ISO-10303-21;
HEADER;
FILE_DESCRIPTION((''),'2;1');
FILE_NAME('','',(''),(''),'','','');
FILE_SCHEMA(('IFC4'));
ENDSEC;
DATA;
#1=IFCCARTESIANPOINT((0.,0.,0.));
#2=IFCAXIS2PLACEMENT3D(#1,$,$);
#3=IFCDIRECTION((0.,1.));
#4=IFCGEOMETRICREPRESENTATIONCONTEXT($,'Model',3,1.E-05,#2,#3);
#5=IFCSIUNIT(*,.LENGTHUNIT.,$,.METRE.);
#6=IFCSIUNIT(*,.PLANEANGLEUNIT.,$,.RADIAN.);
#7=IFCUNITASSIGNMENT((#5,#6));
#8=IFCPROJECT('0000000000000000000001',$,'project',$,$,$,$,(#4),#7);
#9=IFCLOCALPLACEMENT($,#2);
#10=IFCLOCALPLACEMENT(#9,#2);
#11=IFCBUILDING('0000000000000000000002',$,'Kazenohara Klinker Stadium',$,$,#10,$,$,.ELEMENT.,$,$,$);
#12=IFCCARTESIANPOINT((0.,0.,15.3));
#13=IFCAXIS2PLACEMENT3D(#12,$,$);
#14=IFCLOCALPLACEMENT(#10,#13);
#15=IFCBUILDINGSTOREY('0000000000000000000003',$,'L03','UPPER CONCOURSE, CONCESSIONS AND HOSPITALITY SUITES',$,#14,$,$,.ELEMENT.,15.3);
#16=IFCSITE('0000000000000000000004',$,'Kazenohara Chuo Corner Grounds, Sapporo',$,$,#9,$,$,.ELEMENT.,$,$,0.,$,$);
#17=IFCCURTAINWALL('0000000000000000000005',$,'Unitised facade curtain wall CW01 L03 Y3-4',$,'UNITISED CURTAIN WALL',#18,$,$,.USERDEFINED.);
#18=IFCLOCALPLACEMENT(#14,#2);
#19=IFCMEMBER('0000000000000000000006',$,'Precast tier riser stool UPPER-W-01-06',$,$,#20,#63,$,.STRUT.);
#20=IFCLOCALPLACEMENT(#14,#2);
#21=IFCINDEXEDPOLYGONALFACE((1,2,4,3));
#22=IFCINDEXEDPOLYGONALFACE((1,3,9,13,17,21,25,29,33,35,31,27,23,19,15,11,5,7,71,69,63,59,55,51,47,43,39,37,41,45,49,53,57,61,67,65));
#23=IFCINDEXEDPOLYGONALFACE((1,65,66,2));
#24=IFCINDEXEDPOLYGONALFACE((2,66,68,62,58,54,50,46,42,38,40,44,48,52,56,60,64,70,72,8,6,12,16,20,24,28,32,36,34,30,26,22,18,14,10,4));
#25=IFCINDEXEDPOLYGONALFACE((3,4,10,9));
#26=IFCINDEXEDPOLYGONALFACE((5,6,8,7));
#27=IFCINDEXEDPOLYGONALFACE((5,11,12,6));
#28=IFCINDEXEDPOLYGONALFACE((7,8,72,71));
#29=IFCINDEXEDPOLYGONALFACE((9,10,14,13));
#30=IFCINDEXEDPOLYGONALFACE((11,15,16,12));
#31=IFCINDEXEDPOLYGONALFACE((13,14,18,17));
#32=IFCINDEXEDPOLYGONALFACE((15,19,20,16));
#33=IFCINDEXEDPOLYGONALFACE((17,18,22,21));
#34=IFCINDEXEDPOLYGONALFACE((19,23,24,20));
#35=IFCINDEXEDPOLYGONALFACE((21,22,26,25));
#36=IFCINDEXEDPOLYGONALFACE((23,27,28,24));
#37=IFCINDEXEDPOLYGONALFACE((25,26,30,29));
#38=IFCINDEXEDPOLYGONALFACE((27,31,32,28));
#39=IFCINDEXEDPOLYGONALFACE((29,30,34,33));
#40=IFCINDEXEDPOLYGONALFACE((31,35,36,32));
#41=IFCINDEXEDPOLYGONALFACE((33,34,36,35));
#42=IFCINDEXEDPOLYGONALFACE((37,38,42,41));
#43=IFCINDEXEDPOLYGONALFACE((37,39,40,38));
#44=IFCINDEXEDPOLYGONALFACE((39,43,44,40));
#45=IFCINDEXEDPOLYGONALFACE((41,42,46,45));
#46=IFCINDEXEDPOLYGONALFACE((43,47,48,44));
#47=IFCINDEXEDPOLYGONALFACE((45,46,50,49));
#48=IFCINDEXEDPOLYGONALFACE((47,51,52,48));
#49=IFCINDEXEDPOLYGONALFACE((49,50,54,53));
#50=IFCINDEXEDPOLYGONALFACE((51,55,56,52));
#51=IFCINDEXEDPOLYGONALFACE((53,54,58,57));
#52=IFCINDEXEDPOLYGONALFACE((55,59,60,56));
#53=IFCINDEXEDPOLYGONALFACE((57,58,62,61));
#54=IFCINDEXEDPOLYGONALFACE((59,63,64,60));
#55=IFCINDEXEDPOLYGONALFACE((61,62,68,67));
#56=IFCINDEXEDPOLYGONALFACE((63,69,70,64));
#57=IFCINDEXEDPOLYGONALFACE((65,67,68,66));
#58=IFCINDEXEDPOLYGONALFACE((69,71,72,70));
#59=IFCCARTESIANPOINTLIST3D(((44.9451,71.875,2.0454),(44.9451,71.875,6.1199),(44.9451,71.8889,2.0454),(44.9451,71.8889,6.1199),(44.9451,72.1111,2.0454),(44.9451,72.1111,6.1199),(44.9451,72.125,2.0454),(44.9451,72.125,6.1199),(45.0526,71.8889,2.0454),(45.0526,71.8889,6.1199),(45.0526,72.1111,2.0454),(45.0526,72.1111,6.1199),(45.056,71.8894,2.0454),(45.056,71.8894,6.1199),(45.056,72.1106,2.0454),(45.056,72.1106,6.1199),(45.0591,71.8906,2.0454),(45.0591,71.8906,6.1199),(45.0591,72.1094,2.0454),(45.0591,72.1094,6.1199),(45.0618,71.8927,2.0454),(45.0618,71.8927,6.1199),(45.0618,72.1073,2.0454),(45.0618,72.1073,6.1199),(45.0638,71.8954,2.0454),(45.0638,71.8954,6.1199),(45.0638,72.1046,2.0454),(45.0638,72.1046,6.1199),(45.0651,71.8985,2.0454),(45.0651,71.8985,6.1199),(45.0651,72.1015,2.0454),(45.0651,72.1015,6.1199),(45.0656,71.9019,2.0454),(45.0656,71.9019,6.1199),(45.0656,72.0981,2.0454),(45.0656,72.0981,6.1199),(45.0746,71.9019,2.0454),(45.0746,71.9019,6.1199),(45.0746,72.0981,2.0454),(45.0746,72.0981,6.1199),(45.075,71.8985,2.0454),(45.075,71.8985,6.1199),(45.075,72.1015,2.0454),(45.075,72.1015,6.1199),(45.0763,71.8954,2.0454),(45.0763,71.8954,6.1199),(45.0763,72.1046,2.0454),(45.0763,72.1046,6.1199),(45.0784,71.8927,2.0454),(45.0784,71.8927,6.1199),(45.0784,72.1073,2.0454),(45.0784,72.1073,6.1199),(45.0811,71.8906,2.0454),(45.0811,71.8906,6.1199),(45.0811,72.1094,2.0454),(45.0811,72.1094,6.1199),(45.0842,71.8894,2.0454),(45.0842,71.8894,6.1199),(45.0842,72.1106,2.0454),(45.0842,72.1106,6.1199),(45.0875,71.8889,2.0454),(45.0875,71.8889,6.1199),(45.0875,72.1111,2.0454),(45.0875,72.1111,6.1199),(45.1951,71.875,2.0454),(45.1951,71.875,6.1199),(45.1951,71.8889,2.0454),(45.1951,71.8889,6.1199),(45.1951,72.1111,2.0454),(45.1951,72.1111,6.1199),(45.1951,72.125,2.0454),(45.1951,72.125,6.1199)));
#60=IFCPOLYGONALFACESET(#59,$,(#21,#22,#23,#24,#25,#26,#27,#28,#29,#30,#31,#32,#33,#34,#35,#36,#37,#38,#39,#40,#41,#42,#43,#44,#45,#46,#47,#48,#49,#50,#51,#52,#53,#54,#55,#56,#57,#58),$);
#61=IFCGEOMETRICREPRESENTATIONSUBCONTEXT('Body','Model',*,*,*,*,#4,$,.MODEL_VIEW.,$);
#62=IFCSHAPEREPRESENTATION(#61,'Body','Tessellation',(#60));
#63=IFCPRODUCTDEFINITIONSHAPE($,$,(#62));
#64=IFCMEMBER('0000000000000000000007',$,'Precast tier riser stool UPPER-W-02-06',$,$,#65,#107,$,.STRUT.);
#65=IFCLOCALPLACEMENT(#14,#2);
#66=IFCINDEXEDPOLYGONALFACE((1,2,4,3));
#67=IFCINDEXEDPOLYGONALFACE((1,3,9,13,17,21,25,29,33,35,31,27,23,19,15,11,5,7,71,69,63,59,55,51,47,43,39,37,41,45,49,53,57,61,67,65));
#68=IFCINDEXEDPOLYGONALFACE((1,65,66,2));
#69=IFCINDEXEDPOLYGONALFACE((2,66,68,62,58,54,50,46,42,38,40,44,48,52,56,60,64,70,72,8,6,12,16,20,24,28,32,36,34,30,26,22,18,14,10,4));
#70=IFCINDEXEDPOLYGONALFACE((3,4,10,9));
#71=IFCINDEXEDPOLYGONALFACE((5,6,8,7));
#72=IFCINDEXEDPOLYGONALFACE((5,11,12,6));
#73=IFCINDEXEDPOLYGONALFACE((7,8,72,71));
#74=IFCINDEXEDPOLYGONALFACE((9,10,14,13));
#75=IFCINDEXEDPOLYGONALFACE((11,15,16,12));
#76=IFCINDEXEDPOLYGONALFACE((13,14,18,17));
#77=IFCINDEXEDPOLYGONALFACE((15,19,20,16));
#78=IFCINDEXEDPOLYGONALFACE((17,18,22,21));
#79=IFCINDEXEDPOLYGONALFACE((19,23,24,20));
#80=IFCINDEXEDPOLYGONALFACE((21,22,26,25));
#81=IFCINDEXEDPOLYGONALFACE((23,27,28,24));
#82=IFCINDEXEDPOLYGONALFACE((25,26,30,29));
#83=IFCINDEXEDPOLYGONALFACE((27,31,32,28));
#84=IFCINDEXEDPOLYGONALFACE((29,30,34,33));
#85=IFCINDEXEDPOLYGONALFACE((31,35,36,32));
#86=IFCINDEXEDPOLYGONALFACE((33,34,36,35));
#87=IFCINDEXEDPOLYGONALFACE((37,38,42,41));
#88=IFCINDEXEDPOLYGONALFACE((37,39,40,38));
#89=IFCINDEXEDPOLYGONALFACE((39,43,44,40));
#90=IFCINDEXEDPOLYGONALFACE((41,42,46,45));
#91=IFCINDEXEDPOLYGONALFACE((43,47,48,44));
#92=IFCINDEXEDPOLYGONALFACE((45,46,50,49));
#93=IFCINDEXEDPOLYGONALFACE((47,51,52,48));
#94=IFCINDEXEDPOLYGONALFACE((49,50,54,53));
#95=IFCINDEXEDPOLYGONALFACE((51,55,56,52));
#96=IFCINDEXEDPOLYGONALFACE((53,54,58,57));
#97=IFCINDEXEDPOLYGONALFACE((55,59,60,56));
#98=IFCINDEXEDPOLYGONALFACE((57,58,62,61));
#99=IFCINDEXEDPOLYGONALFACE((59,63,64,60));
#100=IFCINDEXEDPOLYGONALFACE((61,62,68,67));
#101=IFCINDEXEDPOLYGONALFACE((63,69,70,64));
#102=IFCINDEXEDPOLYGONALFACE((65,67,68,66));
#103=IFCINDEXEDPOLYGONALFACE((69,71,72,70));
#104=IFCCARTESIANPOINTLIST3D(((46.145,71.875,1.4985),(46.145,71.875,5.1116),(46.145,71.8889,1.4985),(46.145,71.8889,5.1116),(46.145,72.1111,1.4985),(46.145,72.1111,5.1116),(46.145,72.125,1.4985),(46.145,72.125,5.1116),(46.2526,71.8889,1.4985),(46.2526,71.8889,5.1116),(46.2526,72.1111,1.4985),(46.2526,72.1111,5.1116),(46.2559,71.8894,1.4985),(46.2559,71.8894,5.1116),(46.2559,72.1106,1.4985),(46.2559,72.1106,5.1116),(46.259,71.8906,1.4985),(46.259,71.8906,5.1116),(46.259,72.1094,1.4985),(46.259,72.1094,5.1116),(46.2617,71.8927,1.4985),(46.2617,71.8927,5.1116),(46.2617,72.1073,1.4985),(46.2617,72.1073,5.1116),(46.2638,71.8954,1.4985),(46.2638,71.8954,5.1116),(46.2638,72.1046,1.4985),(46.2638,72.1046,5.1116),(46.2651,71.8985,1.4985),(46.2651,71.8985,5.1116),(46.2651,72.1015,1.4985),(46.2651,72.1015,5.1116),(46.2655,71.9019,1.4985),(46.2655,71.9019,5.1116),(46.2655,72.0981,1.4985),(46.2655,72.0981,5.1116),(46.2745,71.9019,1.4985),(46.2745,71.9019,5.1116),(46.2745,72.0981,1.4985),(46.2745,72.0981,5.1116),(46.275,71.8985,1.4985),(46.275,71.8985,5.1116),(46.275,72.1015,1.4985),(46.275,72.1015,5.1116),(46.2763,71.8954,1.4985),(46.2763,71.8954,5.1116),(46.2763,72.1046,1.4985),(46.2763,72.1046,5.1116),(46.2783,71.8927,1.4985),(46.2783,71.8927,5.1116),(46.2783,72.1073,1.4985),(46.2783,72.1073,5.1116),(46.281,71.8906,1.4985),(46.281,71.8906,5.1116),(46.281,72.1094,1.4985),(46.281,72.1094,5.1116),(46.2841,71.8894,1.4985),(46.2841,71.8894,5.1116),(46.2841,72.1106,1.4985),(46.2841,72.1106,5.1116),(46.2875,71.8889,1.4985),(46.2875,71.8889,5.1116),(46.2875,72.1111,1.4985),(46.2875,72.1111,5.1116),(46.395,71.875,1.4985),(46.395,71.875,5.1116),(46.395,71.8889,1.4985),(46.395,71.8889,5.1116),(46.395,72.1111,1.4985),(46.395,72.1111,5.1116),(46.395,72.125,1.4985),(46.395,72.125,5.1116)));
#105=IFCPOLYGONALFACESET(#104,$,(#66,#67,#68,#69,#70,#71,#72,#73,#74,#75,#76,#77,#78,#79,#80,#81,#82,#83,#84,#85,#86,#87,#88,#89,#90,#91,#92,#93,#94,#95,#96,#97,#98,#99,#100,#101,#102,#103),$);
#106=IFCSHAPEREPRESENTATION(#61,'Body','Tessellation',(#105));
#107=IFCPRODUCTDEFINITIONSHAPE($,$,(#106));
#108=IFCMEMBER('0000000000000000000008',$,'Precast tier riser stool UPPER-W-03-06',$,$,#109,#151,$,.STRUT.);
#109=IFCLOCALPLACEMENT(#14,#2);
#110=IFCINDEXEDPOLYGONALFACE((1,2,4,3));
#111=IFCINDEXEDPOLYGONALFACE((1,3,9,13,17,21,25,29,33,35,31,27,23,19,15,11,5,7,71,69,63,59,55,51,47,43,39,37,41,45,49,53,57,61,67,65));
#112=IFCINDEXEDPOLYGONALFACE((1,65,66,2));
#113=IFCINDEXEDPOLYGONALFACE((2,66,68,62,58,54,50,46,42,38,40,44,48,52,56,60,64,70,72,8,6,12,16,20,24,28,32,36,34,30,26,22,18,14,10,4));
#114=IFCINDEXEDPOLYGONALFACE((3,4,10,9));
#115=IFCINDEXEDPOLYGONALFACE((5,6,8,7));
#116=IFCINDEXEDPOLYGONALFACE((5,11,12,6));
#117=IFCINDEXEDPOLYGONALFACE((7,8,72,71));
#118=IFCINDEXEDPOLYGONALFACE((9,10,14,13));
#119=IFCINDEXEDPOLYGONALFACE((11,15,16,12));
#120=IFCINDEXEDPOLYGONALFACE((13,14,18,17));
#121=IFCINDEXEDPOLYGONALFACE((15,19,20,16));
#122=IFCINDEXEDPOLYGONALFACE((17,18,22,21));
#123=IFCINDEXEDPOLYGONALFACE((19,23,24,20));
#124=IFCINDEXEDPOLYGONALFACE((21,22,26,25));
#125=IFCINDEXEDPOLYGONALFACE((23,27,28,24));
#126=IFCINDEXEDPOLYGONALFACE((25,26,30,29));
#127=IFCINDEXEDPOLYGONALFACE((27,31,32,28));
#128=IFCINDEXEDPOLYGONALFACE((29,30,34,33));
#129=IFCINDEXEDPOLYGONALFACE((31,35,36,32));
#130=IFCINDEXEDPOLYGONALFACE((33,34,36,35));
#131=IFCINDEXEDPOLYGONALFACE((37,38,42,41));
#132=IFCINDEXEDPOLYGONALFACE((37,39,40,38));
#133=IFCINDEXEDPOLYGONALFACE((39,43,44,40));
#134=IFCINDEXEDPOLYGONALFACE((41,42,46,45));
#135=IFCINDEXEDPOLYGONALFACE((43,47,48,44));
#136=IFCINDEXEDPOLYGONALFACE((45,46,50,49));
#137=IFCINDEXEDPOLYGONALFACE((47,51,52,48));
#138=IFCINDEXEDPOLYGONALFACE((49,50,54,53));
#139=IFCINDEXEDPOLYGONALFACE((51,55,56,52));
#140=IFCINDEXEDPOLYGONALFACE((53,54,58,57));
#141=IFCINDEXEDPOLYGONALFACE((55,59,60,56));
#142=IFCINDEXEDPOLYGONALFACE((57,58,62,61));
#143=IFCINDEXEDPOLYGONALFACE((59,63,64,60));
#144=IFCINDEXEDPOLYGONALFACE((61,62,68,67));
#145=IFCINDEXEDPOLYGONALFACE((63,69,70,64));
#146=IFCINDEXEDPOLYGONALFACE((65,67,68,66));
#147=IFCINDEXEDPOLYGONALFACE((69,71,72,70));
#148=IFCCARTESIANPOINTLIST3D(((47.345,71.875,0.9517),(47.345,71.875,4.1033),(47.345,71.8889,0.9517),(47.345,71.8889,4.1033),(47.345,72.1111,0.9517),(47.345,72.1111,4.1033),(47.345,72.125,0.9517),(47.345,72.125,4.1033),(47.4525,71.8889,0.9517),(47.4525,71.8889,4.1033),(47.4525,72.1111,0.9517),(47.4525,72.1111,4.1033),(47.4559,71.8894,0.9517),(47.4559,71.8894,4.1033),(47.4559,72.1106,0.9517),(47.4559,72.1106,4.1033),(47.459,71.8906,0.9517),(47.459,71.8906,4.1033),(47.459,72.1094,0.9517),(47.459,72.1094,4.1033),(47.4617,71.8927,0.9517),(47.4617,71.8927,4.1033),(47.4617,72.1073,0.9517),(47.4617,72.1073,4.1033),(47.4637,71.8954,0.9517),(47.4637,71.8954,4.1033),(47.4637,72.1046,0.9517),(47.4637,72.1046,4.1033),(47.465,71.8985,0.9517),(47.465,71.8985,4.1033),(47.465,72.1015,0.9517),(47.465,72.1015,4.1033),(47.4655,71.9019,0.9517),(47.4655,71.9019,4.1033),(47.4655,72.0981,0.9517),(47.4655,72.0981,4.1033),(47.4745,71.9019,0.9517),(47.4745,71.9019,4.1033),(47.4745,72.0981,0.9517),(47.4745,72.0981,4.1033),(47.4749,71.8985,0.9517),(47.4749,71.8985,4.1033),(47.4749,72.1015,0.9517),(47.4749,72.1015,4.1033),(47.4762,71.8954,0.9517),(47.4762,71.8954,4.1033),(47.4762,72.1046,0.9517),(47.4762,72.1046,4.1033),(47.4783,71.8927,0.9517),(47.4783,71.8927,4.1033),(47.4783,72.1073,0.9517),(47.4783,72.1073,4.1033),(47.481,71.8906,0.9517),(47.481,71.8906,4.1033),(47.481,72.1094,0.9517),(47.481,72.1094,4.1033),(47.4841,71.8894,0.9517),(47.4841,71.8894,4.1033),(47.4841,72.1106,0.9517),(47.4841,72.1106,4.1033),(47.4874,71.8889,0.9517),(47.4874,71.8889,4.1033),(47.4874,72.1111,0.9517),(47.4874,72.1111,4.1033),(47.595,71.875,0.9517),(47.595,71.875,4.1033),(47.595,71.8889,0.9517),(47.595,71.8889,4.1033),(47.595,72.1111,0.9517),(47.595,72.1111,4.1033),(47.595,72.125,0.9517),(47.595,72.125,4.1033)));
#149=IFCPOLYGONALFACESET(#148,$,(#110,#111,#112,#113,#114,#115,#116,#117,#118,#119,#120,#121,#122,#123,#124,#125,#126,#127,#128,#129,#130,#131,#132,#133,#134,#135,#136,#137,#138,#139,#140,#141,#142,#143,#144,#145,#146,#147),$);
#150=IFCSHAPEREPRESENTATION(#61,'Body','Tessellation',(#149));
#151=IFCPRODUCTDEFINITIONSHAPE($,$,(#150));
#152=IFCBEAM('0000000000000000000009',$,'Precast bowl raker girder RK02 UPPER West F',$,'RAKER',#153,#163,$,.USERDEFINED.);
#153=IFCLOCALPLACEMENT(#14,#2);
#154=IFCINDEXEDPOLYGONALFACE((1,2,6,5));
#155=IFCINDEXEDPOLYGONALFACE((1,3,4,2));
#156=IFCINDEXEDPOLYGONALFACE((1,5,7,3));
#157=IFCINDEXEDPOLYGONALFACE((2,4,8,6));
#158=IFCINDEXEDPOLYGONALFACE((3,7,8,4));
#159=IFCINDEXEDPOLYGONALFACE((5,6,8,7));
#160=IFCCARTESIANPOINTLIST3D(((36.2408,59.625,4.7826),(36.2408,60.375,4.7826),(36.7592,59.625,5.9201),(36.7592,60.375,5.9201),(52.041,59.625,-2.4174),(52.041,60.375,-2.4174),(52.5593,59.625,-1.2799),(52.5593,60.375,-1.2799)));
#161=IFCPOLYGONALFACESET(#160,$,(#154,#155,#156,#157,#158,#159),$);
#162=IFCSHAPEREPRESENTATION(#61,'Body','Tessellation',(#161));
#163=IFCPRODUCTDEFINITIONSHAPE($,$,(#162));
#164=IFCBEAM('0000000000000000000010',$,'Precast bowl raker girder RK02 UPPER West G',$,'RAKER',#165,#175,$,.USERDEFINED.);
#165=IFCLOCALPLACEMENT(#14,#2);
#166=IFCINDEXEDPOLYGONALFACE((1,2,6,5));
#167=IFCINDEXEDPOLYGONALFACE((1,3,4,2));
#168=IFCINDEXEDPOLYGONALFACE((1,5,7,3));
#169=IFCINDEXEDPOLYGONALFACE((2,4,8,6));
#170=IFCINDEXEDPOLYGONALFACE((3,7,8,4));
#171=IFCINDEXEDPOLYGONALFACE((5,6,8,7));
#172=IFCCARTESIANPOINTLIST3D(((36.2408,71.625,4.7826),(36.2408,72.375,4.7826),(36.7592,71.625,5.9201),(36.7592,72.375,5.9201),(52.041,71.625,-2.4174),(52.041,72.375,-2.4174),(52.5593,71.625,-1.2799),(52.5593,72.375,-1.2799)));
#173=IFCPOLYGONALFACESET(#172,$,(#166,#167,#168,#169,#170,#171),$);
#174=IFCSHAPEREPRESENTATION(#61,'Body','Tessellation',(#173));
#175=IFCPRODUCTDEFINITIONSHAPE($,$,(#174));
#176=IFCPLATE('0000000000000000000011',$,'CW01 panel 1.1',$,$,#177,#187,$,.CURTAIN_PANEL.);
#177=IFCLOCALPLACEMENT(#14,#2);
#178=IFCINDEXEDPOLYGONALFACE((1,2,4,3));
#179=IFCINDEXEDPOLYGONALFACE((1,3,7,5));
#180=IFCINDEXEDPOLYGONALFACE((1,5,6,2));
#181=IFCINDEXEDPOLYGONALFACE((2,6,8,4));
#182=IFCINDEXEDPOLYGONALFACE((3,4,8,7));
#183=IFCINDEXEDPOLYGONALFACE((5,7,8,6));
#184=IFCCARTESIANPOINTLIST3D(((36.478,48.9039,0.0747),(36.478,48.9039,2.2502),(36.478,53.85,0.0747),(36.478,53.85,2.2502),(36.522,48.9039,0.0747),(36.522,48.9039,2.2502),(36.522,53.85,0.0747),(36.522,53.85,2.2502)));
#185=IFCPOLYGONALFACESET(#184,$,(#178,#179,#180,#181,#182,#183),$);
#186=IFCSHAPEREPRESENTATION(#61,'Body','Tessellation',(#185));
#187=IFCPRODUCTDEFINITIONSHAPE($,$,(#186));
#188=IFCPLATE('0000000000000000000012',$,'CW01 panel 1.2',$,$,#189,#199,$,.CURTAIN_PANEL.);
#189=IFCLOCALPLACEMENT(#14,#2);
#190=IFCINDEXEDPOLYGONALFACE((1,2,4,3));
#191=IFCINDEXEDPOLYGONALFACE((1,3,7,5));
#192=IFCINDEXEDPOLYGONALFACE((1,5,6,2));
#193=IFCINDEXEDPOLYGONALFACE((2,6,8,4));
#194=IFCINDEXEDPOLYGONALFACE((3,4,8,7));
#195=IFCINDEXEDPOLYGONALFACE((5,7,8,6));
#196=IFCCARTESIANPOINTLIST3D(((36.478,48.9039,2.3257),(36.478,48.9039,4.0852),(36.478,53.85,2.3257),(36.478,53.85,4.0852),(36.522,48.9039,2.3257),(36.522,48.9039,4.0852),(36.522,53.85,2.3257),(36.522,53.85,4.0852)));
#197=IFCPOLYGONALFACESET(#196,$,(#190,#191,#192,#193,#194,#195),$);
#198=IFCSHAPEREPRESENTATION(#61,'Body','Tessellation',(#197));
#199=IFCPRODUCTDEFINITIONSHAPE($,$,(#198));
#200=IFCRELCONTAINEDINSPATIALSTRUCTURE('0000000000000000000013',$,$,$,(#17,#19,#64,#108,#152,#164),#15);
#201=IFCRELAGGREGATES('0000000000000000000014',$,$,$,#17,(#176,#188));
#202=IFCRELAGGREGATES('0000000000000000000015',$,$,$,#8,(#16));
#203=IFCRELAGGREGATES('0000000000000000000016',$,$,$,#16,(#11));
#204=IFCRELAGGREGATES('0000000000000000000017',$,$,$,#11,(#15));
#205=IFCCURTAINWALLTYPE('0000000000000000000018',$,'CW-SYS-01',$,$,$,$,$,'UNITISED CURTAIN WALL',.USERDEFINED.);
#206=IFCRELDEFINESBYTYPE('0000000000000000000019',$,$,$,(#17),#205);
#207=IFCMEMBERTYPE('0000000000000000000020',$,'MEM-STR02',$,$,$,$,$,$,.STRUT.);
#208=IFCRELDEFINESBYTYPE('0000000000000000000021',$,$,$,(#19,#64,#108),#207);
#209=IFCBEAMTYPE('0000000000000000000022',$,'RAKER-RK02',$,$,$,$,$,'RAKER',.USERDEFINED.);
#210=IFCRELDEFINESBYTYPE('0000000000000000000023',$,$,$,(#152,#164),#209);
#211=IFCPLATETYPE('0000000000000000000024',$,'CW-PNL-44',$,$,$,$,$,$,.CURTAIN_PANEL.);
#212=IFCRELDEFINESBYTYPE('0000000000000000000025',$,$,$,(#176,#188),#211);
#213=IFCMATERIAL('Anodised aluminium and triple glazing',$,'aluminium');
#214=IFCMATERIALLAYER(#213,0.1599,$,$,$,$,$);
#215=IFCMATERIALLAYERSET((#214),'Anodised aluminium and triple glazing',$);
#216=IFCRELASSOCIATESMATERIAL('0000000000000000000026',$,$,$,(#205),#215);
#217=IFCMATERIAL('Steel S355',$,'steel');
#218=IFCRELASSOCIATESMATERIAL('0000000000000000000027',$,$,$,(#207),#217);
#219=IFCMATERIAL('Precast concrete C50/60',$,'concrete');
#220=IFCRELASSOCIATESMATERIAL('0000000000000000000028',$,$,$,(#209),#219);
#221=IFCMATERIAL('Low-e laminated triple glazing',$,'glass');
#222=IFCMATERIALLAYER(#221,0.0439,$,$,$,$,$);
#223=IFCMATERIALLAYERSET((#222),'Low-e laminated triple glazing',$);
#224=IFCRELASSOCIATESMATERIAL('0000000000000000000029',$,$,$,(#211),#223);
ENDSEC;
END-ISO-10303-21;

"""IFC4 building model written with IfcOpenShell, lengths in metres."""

from ifc_helpers import new_model, si_unit, direction, frame, origin, origin_2d, place, context, subcontext, project, spatial, rectangle, i_section, extrude, material, layer, layer_set, material_profile, profile_set, type_object, element, aggregate, save


model = new_model("IFC4")

# Units and contexts
model_context = context("Model", 3, precision=1e-05, world=origin(), true_north=direction((0.0, 1.0)))
body_context = subcontext(model_context, "Body", "Model", "MODEL_VIEW")
ifc_project = project(units=[si_unit("LENGTHUNIT", "METRE"), si_unit("PLANEANGLEUNIT", "RADIAN")], contexts=[model_context])

# Site, building, storey
site_placement = place(None, origin())
site = spatial("IfcSite", under=ifc_project, at=site_placement, Name="Kazenohara Chuo Corner Grounds, Sapporo", CompositionType="ELEMENT", RefElevation=0.0)
building_placement = place(site_placement, origin())
building = spatial("IfcBuilding", under=site, at=building_placement, Name="Kazenohara Klinker Stadium", CompositionType="ELEMENT")
storey_placement = place(building_placement, frame((0.0, 0.0, 15.3)))
storey = spatial("IfcBuildingStorey", under=building, at=storey_placement, Name="L03", Description="UPPER CONCOURSE, CONCESSIONS AND HOSPITALITY SUITES", CompositionType="ELEMENT", Elevation=15.3)

# Shared definitions
ifc_material_1 = material(Name="Steel S355", Category="steel")

# Curtain wall
ifc_material_2 = material(Name="Anodised aluminium and triple glazing", Category="aluminium")
ifc_layer_1 = layer(ifc_material_2, 0.1599)
ifc_layer_set_1 = layer_set([ifc_layer_1], Name="Anodised aluminium and triple glazing")
curtain_wall_type_1 = type_object("IfcCurtainWallType", Name="CW-SYS-01", ElementType="UNITISED CURTAIN WALL", PredefinedType="USERDEFINED", material=ifc_layer_set_1)
curtain_wall_1_placement = place(storey_placement, origin())
curtain_wall_1 = element("IfcCurtainWall", 1, at=curtain_wall_1_placement, inside=storey, type_object=curtain_wall_type_1, Name="Unitised facade curtain wall CW01 L03 Y3-4", ObjectType="UNITISED CURTAIN WALL", PredefinedType="USERDEFINED")

# Members
ifc_material_profile_1 = material_profile(ifc_material_1, i_section(OverallWidth=0.25, OverallDepth=0.25, WebThickness=0.009, FlangeThickness=0.0139, FilletRadius=0.0129, at=origin_2d()), Name="H-250x250x9x14")
ifc_profile_set_1 = profile_set([ifc_material_profile_1], Name="Steel S355")
member_type_1 = type_object("IfcMemberType", Name="MEM-STR02", PredefinedType="STRUT", material=ifc_profile_set_1)
member_1_placement = place(storey_placement, frame((45.0701, 72.0, 2.0454), z_axis=(0.0, 0.0, 1.0), x_axis=(1.0, 0.0, 0.0)))
element("IfcMember", 2, at=member_1_placement, inside=storey, type_object=member_type_1, Name="Precast tier riser stool UPPER-W-01-06", PredefinedType="STRUT", context=body_context, shape_type="SweptSolid", body=[
    extrude(i_section(OverallWidth=0.25, OverallDepth=0.25, WebThickness=0.009, FlangeThickness=0.0139, FilletRadius=0.0129, at=origin_2d()), origin(), (0.0, 0.0, 1.0), 4.0745),
])
member_2_placement = place(storey_placement, frame((46.27, 72.0, 1.4985), z_axis=(0.0, 0.0, 1.0), x_axis=(1.0, 0.0, 0.0)))
element("IfcMember", 3, at=member_2_placement, inside=storey, type_object=member_type_1, Name="Precast tier riser stool UPPER-W-02-06", PredefinedType="STRUT", context=body_context, shape_type="SweptSolid", body=[
    extrude(i_section(OverallWidth=0.25, OverallDepth=0.25, WebThickness=0.009, FlangeThickness=0.0139, FilletRadius=0.0129, at=origin_2d()), origin(), (0.0, 0.0, 1.0), 3.613),
])
member_3_placement = place(storey_placement, frame((47.47, 72.0, 0.9517), z_axis=(0.0, 0.0, 1.0), x_axis=(1.0, 0.0, 0.0)))
element("IfcMember", 4, at=member_3_placement, inside=storey, type_object=member_type_1, Name="Precast tier riser stool UPPER-W-03-06", PredefinedType="STRUT", context=body_context, shape_type="SweptSolid", body=[
    extrude(i_section(OverallWidth=0.25, OverallDepth=0.25, WebThickness=0.009, FlangeThickness=0.0139, FilletRadius=0.0129, at=origin_2d()), origin(), (0.0, 0.0, 1.0), 3.1516),
])

# Beams
ifc_material_3 = material(Name="Precast concrete C50/60", Category="concrete")
ifc_material_profile_2 = material_profile(ifc_material_3, rectangle(XDim=0.75, YDim=1.25, at=origin_2d()), Name="PC-RAKER-750x1250")
ifc_profile_set_2 = profile_set([ifc_material_profile_2], Name="Precast concrete C50/60")
beam_type_1 = type_object("IfcBeamType", Name="RAKER-RK02", ElementType="RAKER", PredefinedType="USERDEFINED", material=ifc_profile_set_2)
for number, where, z_axis, x_axis, name in (
    (5, (36.5, 60.0, 5.3513), (0.909973, 0.0, -0.414667), (0.0, 1.0, 0.0), "Precast bowl raker girder RK02 UPPER West F"),
    (6, (36.5, 72.0, 5.3513), (0.909973, 0.0, -0.414667), (0.0, 1.0, 0.0), "Precast bowl raker girder RK02 UPPER West G"),
):
    element("IfcBeam", number, at=place(storey_placement, frame(where, z_axis=z_axis, x_axis=x_axis)), inside=storey, type_object=beam_type_1, Name=name, ObjectType="RAKER", PredefinedType="USERDEFINED", context=body_context, shape_type="SweptSolid", body=[
        extrude(rectangle(XDim=0.75, YDim=1.25, at=origin_2d()), origin(), (0.0, 0.0, 1.0), 17.3633),
    ])

# Plates
ifc_material_4 = material(Name="Low-e laminated triple glazing", Category="glass")
ifc_layer_2 = layer(ifc_material_4, 0.0439)
ifc_layer_set_2 = layer_set([ifc_layer_2], Name="Low-e laminated triple glazing")
plate_type_1 = type_object("IfcPlateType", Name="CW-PNL-44", PredefinedType="CURTAIN_PANEL", material=ifc_layer_set_2)
plate_1_placement = place(storey_placement, frame((36.5, 51.377, 0.0747), z_axis=(0.0, 0.0, 1.0), x_axis=(0.0, 1.0, 0.0)))
plate_1 = element("IfcPlate", 7, at=plate_1_placement, type_object=plate_type_1, Name="CW01 panel 1.1", PredefinedType="CURTAIN_PANEL", context=body_context, shape_type="SweptSolid", body=[
    extrude(rectangle(XDim=4.946, YDim=0.0439, at=origin_2d()), origin(), (0.0, 0.0, 1.0), 2.1755),
])
plate_2_placement = place(storey_placement, frame((36.5, 51.377, 2.3257), z_axis=(0.0, 0.0, 1.0), x_axis=(0.0, 1.0, 0.0)))
plate_2 = element("IfcPlate", 8, at=plate_2_placement, type_object=plate_type_1, Name="CW01 panel 1.2", PredefinedType="CURTAIN_PANEL", context=body_context, shape_type="SweptSolid", body=[
    extrude(rectangle(XDim=4.946, YDim=0.0439, at=origin_2d()), origin(), (0.0, 0.0, 1.0), 1.7595),
])
aggregate(curtain_wall_1, [plate_1, plate_2])

save(model, "model.ifc")
